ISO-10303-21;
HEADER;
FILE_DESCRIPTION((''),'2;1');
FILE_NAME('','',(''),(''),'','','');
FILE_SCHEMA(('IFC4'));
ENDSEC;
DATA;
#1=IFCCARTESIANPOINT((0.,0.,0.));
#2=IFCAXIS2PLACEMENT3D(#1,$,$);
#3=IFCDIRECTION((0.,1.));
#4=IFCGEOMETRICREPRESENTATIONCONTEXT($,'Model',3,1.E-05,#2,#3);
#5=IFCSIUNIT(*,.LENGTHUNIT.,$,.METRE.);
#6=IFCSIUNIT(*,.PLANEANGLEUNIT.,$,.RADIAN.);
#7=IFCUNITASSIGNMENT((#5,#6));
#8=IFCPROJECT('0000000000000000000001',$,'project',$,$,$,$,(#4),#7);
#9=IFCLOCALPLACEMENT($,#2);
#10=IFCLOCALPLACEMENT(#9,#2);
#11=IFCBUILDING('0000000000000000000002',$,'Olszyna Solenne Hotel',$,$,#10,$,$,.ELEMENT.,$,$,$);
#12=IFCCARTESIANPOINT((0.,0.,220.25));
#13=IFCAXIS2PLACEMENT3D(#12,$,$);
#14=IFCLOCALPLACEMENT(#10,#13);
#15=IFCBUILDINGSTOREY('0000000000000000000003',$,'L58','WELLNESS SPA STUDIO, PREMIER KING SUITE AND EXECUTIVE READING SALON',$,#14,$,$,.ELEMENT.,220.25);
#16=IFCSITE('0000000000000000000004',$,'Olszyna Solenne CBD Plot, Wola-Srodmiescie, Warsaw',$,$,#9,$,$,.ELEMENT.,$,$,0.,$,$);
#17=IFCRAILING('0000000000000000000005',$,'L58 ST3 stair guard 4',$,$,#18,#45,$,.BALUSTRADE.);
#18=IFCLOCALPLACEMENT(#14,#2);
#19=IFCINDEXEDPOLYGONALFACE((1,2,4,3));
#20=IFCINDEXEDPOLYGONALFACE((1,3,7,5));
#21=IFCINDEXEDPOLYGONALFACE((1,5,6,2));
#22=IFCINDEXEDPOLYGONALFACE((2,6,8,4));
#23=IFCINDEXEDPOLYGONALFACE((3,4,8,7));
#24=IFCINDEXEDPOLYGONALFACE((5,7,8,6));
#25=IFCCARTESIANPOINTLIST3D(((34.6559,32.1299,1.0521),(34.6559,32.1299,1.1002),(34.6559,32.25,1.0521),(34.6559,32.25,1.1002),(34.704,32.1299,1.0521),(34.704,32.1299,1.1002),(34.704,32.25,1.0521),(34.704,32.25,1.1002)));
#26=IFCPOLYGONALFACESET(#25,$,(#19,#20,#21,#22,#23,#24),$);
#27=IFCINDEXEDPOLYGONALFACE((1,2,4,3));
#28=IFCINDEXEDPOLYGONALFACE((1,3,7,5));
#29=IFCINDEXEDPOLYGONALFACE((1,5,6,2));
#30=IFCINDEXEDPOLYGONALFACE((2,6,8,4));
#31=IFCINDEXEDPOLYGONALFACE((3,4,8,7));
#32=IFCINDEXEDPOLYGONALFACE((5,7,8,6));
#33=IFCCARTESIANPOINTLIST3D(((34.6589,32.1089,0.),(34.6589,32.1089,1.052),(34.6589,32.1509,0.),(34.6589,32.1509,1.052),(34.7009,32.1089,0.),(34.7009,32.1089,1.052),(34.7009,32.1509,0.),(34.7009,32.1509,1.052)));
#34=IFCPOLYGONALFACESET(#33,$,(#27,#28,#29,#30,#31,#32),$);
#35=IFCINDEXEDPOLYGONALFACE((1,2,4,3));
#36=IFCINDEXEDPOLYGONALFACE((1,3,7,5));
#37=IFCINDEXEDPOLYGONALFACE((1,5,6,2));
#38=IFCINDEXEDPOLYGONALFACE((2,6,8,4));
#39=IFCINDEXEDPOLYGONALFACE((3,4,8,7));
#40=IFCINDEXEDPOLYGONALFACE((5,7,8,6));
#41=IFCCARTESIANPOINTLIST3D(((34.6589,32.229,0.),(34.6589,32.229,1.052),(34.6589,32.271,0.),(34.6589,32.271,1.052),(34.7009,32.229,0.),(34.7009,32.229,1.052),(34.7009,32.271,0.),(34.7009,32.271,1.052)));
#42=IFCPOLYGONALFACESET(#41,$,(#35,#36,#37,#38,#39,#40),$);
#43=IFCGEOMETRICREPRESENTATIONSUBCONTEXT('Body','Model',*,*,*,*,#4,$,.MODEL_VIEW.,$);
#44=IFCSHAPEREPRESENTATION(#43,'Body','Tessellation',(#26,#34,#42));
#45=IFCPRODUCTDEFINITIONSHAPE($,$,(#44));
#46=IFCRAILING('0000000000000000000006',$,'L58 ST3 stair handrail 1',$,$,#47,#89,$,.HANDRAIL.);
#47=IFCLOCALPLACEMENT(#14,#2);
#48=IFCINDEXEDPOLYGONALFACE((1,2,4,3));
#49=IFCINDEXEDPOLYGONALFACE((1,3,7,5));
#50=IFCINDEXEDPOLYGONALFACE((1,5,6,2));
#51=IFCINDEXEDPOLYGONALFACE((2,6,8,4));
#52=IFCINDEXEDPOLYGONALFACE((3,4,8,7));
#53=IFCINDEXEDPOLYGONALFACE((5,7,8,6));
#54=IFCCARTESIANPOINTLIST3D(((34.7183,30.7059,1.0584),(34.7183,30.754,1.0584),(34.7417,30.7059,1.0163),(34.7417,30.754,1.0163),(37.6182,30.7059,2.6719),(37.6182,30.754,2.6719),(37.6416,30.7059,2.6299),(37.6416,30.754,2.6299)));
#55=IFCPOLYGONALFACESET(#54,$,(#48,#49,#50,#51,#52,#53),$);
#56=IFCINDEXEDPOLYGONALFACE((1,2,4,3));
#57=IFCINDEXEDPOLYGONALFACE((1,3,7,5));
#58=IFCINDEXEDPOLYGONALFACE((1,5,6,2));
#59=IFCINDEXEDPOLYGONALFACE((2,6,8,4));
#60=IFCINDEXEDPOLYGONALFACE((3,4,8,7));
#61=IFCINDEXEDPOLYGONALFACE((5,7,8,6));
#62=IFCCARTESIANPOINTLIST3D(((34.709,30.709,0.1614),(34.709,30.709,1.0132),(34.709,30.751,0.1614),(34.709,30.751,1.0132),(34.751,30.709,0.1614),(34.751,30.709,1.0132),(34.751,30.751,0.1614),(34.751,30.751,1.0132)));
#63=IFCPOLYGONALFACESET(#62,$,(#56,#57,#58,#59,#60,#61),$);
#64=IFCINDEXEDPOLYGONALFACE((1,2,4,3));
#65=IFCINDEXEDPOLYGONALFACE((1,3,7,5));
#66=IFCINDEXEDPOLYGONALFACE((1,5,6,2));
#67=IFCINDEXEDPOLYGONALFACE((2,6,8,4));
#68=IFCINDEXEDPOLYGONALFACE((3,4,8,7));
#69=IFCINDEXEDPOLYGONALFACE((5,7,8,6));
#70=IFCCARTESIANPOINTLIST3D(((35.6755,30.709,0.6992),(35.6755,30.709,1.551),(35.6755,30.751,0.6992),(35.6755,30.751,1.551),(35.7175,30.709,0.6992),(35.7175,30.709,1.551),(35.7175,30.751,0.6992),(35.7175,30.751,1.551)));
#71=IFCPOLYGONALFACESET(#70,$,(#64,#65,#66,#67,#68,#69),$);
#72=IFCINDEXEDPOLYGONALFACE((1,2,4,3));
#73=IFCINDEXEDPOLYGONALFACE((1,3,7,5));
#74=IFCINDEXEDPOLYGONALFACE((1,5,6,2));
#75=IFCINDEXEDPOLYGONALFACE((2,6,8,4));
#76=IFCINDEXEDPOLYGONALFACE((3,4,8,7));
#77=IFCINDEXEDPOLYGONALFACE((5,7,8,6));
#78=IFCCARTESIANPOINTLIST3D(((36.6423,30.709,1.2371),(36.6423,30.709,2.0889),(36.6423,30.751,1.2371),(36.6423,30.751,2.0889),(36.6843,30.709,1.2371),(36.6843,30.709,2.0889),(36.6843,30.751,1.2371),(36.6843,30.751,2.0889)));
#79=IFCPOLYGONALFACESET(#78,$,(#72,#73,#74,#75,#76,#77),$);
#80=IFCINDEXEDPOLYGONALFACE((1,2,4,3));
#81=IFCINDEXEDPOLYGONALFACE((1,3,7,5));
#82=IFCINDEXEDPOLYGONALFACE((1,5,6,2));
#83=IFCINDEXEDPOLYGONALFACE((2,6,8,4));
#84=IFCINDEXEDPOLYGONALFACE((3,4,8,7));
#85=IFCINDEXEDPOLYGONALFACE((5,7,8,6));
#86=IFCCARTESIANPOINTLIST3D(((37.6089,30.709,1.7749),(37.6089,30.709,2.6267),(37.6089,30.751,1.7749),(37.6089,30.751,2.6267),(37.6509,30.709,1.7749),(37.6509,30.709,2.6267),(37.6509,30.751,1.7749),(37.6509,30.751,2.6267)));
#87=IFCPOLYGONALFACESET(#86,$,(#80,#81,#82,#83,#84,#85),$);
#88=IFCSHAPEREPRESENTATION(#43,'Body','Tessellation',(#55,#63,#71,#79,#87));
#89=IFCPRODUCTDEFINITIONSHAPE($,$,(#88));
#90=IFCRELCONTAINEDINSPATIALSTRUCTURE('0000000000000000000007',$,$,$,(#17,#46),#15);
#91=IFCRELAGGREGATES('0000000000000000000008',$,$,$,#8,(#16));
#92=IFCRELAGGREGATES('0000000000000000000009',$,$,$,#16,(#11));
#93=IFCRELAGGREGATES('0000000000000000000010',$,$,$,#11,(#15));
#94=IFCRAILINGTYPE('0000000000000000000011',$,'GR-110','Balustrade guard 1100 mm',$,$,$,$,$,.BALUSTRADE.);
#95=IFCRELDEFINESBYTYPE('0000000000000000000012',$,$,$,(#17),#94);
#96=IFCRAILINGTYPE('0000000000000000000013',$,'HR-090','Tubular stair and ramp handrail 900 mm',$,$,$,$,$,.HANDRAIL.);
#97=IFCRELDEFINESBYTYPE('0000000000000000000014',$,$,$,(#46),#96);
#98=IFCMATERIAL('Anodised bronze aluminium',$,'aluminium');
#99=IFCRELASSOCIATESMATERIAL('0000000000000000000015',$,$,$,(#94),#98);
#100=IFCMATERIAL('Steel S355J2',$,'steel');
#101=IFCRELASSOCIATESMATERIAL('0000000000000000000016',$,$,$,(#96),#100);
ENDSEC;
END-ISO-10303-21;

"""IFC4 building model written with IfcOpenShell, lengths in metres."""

from ifc_helpers import new_model, si_unit, direction, frame, origin, origin_2d, place, context, subcontext, project, spatial, rectangle, extrude, material, type_object, element, save


model = new_model("IFC4")

# Units and contexts
model_context = context("Model", 3, precision=1e-05, world=origin(), true_north=direction((0.0, 1.0)))
body_context = subcontext(model_context, "Body", "Model", "MODEL_VIEW")
ifc_project = project(units=[si_unit("LENGTHUNIT", "METRE"), si_unit("PLANEANGLEUNIT", "RADIAN")], contexts=[model_context])

# Site, building, storey
site_placement = place(None, origin())
site = spatial("IfcSite", under=ifc_project, at=site_placement, Name="Olszyna Solenne CBD Plot, Wola-Srodmiescie, Warsaw", CompositionType="ELEMENT", RefElevation=0.0)
building_placement = place(site_placement, origin())
building = spatial("IfcBuilding", under=site, at=building_placement, Name="Olszyna Solenne Hotel", CompositionType="ELEMENT")
storey_placement = place(building_placement, frame((0.0, 0.0, 220.25)))
storey = spatial("IfcBuildingStorey", under=building, at=storey_placement, Name="L58", Description="WELLNESS SPA STUDIO, PREMIER KING SUITE AND EXECUTIVE READING SALON", CompositionType="ELEMENT", Elevation=220.25)

# Shared definitions
ifc_material_1 = material(Name="Steel S355J2", Category="steel")

# Railings
ifc_material_2 = material(Name="Anodised bronze aluminium", Category="aluminium")
railing_type_1 = type_object("IfcRailingType", Name="GR-110", Description="Balustrade guard 1100 mm", PredefinedType="BALUSTRADE", material=ifc_material_2)
railing_1_placement = place(storey_placement, frame((34.6799, 32.1299, 0.0)))
element("IfcRailing", 1, at=railing_1_placement, inside=storey, type_object=railing_type_1, Name="L58 ST3 stair guard 4", PredefinedType="BALUSTRADE", context=body_context, shape_type="SweptSolid", body=[
    extrude(rectangle(XDim=0.0481, YDim=0.0481, at=origin_2d()), frame((0.0, 0.0, 1.0762), z_axis=(0.0, 1.0, 0.0), x_axis=(-1.0, 0.0, 0.0)), (0.0, 0.0, 1.0), 0.1201),
    extrude(rectangle(XDim=0.042, YDim=0.042, at=origin_2d()), origin(), (0.0, 0.0, 1.0), 1.052),
    extrude(rectangle(XDim=0.042, YDim=0.042, at=origin_2d()), frame((0.0, 0.1201, 0.0)), (0.0, 0.0, 1.0), 1.052),
])
railing_type_2 = type_object("IfcRailingType", Name="HR-090", Description="Tubular stair and ramp handrail 900 mm", PredefinedType="HANDRAIL", material=ifc_material_1)
railing_2_placement = place(storey_placement, frame((34.73, 30.73, 0.1614)))
element("IfcRailing", 2, at=railing_2_placement, inside=storey, type_object=railing_type_2, Name="L58 ST3 stair handrail 1", PredefinedType="HANDRAIL", context=body_context, shape_type="SweptSolid", body=[
    extrude(rectangle(XDim=0.0481, YDim=0.0481, at=origin_2d()), frame((0.0, 0.0, 0.876), z_axis=(0.873841, 0.0, 0.486211), x_axis=(0.0, 1.0, 0.0)), (0.0, 0.0, 1.0), 3.3186),
    extrude(rectangle(XDim=0.042, YDim=0.042, at=origin_2d()), origin(), (0.0, 0.0, 1.0), 0.8518),
    extrude(rectangle(XDim=0.042, YDim=0.042, at=origin_2d()), frame((0.9666, 0.0, 0.5378)), (0.0, 0.0, 1.0), 0.8518),
    extrude(rectangle(XDim=0.042, YDim=0.042, at=origin_2d()), frame((1.9333, 0.0, 1.0757)), (0.0, 0.0, 1.0), 0.8518),
    extrude(rectangle(XDim=0.042, YDim=0.042, at=origin_2d()), frame((2.8999, 0.0, 1.6135)), (0.0, 0.0, 1.0), 0.8518),
])

save(model, "model.ifc")
